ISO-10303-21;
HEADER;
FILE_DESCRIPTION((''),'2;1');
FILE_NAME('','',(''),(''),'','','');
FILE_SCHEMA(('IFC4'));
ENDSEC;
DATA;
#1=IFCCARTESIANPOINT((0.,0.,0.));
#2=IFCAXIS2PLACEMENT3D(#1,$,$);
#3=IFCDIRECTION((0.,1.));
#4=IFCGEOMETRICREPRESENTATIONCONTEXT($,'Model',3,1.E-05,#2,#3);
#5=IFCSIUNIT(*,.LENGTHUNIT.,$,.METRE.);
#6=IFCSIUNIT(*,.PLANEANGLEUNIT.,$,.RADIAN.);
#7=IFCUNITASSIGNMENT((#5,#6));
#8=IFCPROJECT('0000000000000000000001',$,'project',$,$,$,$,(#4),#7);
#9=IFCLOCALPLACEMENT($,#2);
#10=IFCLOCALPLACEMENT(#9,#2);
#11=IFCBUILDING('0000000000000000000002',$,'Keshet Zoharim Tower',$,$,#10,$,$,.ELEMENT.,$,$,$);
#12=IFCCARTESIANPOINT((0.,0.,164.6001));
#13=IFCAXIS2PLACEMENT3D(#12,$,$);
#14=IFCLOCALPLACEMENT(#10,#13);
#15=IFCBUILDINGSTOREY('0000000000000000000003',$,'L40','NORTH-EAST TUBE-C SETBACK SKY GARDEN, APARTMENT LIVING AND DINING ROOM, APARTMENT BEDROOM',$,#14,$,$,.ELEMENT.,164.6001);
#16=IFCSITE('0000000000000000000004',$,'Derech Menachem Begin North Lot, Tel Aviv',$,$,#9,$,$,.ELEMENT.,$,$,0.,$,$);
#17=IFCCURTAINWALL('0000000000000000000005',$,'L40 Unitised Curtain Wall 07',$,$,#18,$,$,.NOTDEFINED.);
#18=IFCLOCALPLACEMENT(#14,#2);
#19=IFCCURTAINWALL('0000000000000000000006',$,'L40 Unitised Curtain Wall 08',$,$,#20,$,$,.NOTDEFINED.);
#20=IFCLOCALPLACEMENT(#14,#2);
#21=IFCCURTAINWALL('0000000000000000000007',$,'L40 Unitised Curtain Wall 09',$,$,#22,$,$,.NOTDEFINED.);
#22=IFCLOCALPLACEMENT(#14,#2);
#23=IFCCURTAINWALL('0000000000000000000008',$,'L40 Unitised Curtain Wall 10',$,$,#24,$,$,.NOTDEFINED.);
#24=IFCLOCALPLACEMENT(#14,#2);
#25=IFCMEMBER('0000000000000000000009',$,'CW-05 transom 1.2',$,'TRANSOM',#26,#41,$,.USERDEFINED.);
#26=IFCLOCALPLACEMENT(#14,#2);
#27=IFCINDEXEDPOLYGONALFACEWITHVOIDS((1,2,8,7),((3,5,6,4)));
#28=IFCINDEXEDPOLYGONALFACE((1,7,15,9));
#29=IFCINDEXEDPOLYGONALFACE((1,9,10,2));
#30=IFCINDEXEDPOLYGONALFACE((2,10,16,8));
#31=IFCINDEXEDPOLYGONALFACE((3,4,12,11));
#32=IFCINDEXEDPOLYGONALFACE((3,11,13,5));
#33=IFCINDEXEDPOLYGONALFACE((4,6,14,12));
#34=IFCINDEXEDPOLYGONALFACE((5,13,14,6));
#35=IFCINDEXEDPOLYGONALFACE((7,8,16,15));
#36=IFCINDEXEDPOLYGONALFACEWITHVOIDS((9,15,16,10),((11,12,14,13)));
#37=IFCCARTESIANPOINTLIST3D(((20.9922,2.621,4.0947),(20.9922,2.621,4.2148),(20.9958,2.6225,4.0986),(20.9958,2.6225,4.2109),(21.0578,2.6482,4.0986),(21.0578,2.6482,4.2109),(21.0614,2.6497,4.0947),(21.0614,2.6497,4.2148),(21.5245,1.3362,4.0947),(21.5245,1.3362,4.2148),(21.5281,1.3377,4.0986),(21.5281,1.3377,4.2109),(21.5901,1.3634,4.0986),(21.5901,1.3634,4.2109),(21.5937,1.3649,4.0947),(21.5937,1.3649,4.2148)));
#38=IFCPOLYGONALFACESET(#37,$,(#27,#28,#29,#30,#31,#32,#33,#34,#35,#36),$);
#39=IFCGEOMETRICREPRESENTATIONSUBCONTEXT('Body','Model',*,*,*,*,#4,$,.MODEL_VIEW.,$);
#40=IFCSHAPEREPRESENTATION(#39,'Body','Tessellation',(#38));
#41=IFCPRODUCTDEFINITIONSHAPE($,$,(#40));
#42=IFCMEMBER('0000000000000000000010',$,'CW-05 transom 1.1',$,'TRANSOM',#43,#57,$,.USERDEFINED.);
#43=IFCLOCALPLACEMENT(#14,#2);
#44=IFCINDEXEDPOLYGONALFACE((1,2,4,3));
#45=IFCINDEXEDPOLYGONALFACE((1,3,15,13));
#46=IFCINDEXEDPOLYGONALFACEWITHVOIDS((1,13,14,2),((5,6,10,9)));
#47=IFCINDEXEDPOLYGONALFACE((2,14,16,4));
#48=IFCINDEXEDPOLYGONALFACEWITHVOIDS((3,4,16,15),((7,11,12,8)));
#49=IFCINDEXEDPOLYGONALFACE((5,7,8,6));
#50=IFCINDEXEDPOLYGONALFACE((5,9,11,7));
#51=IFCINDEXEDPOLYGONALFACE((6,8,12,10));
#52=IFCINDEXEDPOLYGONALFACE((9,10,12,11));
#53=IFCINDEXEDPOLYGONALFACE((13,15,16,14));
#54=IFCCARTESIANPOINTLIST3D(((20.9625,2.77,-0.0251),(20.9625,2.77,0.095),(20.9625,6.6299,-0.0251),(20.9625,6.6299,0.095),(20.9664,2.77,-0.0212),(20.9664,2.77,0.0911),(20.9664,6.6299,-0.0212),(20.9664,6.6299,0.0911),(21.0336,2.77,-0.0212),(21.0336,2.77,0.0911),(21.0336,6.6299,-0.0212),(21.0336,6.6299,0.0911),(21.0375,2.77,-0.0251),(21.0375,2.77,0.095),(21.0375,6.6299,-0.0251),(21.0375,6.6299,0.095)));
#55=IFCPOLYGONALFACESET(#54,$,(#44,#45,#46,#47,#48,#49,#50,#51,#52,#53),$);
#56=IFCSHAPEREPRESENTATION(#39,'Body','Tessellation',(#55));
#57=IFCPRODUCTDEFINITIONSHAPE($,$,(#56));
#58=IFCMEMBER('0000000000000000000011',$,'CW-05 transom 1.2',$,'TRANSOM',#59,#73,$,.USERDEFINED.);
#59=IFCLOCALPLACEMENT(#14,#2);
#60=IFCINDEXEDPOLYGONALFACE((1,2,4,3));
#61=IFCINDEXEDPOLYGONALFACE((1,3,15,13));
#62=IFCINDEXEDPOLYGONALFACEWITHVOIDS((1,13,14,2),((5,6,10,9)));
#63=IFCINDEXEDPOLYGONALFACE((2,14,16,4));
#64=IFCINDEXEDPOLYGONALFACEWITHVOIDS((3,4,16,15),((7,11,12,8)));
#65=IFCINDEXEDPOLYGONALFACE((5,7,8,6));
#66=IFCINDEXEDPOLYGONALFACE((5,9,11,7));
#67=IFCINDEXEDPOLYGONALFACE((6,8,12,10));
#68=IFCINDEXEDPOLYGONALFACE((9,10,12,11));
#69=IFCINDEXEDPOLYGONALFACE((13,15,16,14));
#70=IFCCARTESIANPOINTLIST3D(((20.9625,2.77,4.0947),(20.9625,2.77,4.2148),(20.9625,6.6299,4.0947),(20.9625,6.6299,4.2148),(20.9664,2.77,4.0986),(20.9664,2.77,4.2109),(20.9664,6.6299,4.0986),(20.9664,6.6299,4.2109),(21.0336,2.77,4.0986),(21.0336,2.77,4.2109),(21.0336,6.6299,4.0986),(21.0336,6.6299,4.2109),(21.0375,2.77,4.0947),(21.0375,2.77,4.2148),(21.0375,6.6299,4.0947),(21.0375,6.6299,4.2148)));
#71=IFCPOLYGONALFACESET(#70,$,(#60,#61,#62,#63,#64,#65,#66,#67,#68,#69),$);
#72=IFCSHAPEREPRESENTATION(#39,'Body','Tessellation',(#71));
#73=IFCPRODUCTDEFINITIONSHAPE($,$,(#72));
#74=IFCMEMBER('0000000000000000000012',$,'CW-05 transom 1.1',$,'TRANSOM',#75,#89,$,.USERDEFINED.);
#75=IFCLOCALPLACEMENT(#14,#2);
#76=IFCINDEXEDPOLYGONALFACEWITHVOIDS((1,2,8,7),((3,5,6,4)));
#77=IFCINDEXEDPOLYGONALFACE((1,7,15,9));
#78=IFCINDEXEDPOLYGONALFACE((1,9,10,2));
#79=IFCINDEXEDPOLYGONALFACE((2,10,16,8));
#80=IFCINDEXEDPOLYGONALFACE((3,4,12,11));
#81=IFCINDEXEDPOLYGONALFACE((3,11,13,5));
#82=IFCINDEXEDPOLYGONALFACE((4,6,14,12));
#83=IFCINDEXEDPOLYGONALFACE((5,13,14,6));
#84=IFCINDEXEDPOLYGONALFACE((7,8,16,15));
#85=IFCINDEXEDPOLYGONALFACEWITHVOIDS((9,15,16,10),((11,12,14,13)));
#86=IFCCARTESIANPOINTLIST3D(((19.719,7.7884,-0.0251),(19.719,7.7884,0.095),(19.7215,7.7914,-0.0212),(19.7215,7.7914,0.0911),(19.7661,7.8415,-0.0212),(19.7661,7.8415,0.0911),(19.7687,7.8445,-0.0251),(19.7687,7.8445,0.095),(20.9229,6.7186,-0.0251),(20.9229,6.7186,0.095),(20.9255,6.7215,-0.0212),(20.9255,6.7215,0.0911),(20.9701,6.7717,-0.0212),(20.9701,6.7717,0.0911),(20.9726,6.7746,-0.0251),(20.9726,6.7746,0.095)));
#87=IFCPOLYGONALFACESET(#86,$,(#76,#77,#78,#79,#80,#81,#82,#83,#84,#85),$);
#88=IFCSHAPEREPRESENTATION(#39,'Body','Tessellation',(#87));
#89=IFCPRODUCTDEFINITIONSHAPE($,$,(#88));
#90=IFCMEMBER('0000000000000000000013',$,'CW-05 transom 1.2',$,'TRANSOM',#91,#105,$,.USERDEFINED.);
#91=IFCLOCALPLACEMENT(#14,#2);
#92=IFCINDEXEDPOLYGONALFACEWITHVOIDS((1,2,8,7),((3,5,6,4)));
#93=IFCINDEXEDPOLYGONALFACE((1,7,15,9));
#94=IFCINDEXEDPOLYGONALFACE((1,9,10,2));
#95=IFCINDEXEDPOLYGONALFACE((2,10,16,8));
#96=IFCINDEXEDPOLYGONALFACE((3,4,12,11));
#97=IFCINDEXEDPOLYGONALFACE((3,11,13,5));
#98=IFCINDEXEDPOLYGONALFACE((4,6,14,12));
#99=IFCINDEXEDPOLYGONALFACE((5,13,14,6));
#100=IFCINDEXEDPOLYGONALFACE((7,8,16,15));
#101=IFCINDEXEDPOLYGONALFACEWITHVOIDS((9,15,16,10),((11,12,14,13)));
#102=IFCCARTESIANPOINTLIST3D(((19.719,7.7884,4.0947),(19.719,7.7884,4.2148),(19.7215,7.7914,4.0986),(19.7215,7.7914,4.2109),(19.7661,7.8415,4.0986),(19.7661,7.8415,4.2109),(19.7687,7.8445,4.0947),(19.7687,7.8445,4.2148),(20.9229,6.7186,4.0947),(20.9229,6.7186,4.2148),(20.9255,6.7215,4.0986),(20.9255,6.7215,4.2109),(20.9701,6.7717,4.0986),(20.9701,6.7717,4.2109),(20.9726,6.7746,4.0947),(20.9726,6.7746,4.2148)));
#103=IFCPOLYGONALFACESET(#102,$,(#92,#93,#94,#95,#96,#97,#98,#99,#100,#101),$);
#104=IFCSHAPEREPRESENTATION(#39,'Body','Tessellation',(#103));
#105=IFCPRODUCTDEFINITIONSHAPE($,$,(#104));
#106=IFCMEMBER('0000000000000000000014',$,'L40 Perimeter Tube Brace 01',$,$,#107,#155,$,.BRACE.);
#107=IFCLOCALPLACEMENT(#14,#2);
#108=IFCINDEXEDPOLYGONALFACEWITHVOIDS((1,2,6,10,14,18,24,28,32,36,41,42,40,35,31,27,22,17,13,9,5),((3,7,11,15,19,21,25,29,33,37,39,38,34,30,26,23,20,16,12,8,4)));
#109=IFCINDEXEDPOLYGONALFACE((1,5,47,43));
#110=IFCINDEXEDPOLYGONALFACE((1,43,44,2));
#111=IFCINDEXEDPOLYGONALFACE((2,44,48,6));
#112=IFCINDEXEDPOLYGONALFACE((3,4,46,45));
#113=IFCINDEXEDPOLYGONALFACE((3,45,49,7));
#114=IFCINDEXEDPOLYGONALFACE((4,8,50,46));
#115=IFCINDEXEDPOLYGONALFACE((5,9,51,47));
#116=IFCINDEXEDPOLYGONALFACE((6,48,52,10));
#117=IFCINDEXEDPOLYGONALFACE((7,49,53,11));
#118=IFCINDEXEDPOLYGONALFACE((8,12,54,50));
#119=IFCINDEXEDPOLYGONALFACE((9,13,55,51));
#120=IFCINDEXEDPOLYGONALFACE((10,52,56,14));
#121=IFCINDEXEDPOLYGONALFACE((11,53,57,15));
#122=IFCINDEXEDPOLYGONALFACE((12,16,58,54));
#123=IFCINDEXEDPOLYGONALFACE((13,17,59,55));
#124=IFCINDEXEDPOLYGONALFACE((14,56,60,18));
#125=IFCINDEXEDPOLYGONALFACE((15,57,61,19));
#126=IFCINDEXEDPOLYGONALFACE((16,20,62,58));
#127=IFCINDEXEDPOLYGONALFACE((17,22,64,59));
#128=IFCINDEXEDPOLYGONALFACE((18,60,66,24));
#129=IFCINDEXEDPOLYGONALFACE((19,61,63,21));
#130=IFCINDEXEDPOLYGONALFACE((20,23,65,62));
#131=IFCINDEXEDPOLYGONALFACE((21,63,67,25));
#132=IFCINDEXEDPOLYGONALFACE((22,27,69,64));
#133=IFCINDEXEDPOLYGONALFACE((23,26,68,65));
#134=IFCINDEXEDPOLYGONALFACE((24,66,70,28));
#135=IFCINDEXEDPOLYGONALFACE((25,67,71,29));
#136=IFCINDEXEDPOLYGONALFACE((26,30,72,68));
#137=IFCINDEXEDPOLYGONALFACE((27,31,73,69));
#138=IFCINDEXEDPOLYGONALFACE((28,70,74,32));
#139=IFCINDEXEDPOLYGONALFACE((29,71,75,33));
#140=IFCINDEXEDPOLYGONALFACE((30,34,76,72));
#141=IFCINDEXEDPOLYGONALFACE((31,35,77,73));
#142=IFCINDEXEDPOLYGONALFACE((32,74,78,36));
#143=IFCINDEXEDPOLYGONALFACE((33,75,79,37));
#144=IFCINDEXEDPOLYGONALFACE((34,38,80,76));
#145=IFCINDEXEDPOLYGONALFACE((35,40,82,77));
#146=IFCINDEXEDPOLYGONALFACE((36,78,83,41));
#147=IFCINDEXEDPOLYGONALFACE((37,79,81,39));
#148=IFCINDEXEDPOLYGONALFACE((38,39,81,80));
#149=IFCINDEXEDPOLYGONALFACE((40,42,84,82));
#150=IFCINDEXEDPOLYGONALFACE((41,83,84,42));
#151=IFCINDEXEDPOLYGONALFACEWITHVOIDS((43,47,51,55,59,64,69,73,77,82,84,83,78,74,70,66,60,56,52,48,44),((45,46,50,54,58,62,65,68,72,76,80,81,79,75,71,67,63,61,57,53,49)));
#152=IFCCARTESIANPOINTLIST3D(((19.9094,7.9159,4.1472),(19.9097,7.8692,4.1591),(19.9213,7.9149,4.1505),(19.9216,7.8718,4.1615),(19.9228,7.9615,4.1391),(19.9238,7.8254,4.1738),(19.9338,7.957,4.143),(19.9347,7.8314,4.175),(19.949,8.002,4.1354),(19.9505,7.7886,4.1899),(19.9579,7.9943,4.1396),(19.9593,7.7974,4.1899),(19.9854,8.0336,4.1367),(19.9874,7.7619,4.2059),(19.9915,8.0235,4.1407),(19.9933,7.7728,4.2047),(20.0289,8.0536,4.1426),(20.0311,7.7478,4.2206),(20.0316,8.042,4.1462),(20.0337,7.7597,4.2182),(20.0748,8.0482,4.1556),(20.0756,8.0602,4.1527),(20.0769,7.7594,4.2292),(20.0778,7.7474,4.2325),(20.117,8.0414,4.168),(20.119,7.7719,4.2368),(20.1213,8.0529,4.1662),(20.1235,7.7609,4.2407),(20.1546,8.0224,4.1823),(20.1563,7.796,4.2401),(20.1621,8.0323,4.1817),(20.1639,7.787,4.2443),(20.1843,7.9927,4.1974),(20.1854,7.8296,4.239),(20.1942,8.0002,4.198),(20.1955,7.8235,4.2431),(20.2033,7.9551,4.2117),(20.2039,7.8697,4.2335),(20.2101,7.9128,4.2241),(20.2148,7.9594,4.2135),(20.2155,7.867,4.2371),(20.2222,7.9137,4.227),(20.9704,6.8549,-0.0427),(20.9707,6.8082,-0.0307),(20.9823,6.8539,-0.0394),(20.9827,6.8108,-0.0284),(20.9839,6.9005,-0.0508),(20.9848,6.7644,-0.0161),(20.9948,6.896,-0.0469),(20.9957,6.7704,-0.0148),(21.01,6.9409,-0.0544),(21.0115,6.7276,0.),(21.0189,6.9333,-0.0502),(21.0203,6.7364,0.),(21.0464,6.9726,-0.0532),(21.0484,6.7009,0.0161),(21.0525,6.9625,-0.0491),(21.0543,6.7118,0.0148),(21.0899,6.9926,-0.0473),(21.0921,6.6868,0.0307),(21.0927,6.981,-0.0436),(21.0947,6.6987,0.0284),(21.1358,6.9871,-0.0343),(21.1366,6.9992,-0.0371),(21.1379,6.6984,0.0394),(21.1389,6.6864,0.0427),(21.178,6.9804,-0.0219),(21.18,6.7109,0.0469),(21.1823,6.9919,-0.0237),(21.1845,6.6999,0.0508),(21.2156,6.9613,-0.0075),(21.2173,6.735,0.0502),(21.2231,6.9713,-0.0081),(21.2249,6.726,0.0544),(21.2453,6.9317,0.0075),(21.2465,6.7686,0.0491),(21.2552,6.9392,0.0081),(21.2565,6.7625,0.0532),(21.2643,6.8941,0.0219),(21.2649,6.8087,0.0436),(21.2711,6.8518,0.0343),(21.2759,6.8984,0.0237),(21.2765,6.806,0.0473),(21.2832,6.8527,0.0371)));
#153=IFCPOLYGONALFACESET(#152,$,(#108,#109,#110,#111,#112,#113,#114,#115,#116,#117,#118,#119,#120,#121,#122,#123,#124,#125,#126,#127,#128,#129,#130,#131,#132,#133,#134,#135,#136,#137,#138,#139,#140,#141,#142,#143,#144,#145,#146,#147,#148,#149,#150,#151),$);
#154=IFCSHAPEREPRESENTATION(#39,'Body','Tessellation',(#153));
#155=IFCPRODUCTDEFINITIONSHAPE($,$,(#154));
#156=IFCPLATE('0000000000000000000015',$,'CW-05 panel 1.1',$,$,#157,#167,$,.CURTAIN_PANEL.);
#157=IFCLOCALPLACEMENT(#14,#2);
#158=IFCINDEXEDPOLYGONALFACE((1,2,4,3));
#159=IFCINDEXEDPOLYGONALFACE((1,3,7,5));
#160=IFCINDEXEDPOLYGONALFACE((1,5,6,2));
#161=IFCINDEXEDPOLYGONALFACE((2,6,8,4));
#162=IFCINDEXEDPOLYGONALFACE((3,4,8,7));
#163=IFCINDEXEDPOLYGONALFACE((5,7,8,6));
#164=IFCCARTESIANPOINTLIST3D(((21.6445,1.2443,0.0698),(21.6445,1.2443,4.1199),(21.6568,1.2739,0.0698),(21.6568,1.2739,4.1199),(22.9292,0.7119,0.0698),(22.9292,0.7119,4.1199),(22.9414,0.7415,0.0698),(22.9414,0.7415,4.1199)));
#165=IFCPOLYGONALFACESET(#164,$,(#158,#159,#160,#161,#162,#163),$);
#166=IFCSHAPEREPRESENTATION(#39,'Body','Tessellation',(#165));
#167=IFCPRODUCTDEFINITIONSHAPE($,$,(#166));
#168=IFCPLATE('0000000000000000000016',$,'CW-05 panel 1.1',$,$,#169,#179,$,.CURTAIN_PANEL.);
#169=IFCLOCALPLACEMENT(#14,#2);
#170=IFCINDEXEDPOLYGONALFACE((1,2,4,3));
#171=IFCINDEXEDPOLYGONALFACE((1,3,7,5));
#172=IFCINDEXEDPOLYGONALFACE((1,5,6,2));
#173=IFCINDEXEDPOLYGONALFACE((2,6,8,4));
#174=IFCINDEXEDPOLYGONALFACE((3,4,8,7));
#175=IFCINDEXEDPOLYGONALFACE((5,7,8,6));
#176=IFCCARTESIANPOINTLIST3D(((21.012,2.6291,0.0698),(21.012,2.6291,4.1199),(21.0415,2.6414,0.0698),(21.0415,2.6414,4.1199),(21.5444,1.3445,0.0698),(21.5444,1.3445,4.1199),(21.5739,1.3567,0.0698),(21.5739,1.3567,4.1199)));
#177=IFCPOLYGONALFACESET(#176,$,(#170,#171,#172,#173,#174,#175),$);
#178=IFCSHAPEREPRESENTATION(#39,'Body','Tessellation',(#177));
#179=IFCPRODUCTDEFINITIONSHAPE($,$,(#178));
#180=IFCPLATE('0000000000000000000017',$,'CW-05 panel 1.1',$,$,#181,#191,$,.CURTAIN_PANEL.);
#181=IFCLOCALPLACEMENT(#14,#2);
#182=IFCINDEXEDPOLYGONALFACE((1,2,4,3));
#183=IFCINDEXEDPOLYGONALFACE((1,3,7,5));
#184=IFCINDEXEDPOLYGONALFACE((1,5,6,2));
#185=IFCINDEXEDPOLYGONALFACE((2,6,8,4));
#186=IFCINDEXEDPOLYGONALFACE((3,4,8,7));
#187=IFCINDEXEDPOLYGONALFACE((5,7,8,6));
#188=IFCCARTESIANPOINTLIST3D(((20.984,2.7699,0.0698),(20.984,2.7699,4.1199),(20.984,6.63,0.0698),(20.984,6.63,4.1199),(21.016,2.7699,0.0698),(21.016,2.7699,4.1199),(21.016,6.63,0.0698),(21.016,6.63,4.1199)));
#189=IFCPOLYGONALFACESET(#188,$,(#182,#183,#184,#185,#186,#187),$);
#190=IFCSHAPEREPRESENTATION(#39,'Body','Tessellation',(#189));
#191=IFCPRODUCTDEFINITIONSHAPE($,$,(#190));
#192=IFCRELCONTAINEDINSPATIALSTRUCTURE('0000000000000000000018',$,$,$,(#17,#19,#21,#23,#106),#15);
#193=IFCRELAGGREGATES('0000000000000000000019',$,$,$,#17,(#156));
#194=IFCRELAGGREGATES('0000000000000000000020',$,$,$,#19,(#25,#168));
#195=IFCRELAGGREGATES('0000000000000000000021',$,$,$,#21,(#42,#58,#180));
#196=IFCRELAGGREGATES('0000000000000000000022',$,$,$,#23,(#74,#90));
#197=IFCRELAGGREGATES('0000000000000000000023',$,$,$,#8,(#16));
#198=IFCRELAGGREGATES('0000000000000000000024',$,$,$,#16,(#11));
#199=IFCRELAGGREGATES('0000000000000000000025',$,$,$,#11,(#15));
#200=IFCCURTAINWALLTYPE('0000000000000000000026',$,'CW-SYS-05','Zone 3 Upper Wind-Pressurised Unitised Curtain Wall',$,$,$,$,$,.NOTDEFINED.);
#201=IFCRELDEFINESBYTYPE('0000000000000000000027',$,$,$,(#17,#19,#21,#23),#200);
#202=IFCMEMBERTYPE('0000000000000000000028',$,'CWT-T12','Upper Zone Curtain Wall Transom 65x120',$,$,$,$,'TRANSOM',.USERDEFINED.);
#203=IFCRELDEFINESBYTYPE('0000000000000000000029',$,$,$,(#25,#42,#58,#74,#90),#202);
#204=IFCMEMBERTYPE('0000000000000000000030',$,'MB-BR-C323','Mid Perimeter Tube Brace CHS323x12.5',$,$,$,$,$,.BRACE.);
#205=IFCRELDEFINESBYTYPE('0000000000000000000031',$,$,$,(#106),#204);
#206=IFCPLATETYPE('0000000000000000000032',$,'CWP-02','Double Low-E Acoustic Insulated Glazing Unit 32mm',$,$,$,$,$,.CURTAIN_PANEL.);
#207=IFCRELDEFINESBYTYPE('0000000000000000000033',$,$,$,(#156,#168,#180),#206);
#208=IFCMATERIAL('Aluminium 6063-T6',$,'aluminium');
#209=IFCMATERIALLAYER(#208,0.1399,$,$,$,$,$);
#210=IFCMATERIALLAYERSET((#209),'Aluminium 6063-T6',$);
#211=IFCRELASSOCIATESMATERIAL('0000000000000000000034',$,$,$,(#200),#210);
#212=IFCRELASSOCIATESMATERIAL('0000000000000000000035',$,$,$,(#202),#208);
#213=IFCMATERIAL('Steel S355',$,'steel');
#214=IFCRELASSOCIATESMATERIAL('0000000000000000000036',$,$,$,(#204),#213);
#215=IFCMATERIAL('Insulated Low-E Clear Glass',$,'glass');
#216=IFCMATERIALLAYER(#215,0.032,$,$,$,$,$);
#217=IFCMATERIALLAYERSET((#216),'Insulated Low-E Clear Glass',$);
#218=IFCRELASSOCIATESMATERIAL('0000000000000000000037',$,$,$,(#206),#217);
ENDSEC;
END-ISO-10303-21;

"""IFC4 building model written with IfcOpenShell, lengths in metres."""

from ifc_helpers import new_model, si_unit, direction, frame, origin, origin_2d, place, context, subcontext, project, spatial, rectangle, hollow_rectangle, hollow_circle, extrude, material, layer, layer_set, material_profile, profile_set, type_object, element, aggregate, save


model = new_model("IFC4")

# Units and contexts
model_context = context("Model", 3, precision=1e-05, world=origin(), true_north=direction((0.0, 1.0)))
body_context = subcontext(model_context, "Body", "Model", "MODEL_VIEW")
ifc_project = project(units=[si_unit("LENGTHUNIT", "METRE"), si_unit("PLANEANGLEUNIT", "RADIAN")], contexts=[model_context])

# Site, building, storey
site_placement = place(None, origin())
site = spatial("IfcSite", under=ifc_project, at=site_placement, Name="Derech Menachem Begin North Lot, Tel Aviv", CompositionType="ELEMENT", RefElevation=0.0)
building_placement = place(site_placement, origin())
building = spatial("IfcBuilding", under=site, at=building_placement, Name="Keshet Zoharim Tower", CompositionType="ELEMENT")
storey_placement = place(building_placement, frame((0.0, 0.0, 164.6001)))
storey = spatial("IfcBuildingStorey", under=building, at=storey_placement, Name="L40", Description="NORTH-EAST TUBE-C SETBACK SKY GARDEN, APARTMENT LIVING AND DINING ROOM, APARTMENT BEDROOM", CompositionType="ELEMENT", Elevation=164.6001)

# Shared definitions
ifc_material_1 = material(Name="Steel S355", Category="steel")

# Shared definitions
ifc_material_2 = material(Name="Aluminium 6063-T6", Category="aluminium")
ifc_layer_1 = layer(ifc_material_2, 0.1399)
ifc_layer_set_1 = layer_set([ifc_layer_1], Name="Aluminium 6063-T6")
curtain_wall_type = type_object("IfcCurtainWallType", Name="CW-SYS-05", Description="Zone 3 Upper Wind-Pressurised Unitised Curtain Wall", PredefinedType="NOTDEFINED", material=ifc_layer_set_1)

# Curtain walls
curtain_wall_1_placement = place(storey_placement, origin())
curtain_wall_1 = element("IfcCurtainWall", 1, at=curtain_wall_1_placement, inside=storey, type_object=curtain_wall_type, Name="L40 Unitised Curtain Wall 07", PredefinedType="NOTDEFINED")
curtain_wall_2_placement = place(storey_placement, origin())
curtain_wall_2 = element("IfcCurtainWall", 2, at=curtain_wall_2_placement, inside=storey, type_object=curtain_wall_type, Name="L40 Unitised Curtain Wall 08", PredefinedType="NOTDEFINED")
curtain_wall_3_placement = place(storey_placement, origin())
curtain_wall_3 = element("IfcCurtainWall", 3, at=curtain_wall_3_placement, inside=storey, type_object=curtain_wall_type, Name="L40 Unitised Curtain Wall 09", PredefinedType="NOTDEFINED")
curtain_wall_4_placement = place(storey_placement, origin())
curtain_wall_4 = element("IfcCurtainWall", 4, at=curtain_wall_4_placement, inside=storey, type_object=curtain_wall_type, Name="L40 Unitised Curtain Wall 10", PredefinedType="NOTDEFINED")

# Members
ifc_material_profile_1 = material_profile(ifc_material_2, hollow_rectangle(XDim=0.075, YDim=0.1201, WallThickness=0.0039, at=origin_2d()), Name="TRN-75x120")
ifc_profile_set_1 = profile_set([ifc_material_profile_1], Name="Aluminium 6063-T6")
member_type_1 = type_object("IfcMemberType", Name="CWT-T12", Description="Upper Zone Curtain Wall Transom 65x120", ElementType="TRANSOM", PredefinedType="USERDEFINED", material=ifc_profile_set_1)
member_1_placement = place(storey_placement, frame((21.5591, 1.3506, 4.1548), z_axis=(-0.382745, 0.923854, 0.0), x_axis=(-0.923854, -0.382745, 0.0)))
member_1 = element("IfcMember", 5, at=member_1_placement, type_object=member_type_1, Name="CW-05 transom 1.2", ObjectType="TRANSOM", PredefinedType="USERDEFINED", context=body_context, shape_type="SweptSolid", body=[
    extrude(hollow_rectangle(XDim=0.075, YDim=0.1201, WallThickness=0.0039, at=origin_2d()), origin(), (0.0, 0.0, 1.0), 1.3906),
])
member_2_placement = place(storey_placement, frame((21.0, 2.77, 0.0349), z_axis=(0.0, 1.0, 0.0), x_axis=(-1.0, 0.0, 0.0)))
member_2 = element("IfcMember", 6, at=member_2_placement, type_object=member_type_1, Name="CW-05 transom 1.1", ObjectType="TRANSOM", PredefinedType="USERDEFINED", context=body_context, shape_type="SweptSolid", body=[
    extrude(hollow_rectangle(XDim=0.075, YDim=0.1201, WallThickness=0.0039, at=origin_2d()), origin(), (0.0, 0.0, 1.0), 3.8599),
])
member_3_placement = place(storey_placement, frame((21.0, 2.77, 4.1548), z_axis=(0.0, 1.0, 0.0), x_axis=(-1.0, 0.0, 0.0)))
member_3 = element("IfcMember", 7, at=member_3_placement, type_object=member_type_1, Name="CW-05 transom 1.2", ObjectType="TRANSOM", PredefinedType="USERDEFINED", context=body_context, shape_type="SweptSolid", body=[
    extrude(hollow_rectangle(XDim=0.075, YDim=0.1201, WallThickness=0.0039, at=origin_2d()), origin(), (0.0, 0.0, 1.0), 3.8599),
])
member_4_placement = place(storey_placement, frame((20.9478, 6.7466, 0.0349), z_axis=(-0.747493, 0.66427, 0.0), x_axis=(-0.66427, -0.747493, 0.0)))
member_4 = element("IfcMember", 8, at=member_4_placement, type_object=member_type_1, Name="CW-05 transom 1.1", ObjectType="TRANSOM", PredefinedType="USERDEFINED", context=body_context, shape_type="SweptSolid", body=[
    extrude(hollow_rectangle(XDim=0.075, YDim=0.1201, WallThickness=0.0039, at=origin_2d()), origin(), (0.0, 0.0, 1.0), 1.6106),
])
member_5_placement = place(storey_placement, frame((20.9478, 6.7466, 4.1548), z_axis=(-0.747493, 0.66427, 0.0), x_axis=(-0.66427, -0.747493, 0.0)))
member_5 = element("IfcMember", 9, at=member_5_placement, type_object=member_type_1, Name="CW-05 transom 1.2", ObjectType="TRANSOM", PredefinedType="USERDEFINED", context=body_context, shape_type="SweptSolid", body=[
    extrude(hollow_rectangle(XDim=0.075, YDim=0.1201, WallThickness=0.0039, at=origin_2d()), origin(), (0.0, 0.0, 1.0), 1.6106),
])
ifc_material_profile_2 = material_profile(ifc_material_1, hollow_circle(Radius=0.1619, WallThickness=0.0125, at=origin_2d()), Name="CHS323x12.5")
ifc_profile_set_2 = profile_set([ifc_material_profile_2], Name="Steel S355")
member_type_2 = type_object("IfcMemberType", Name="MB-BR-C323", Description="Mid Perimeter Tube Brace CHS323x12.5", PredefinedType="BRACE", material=ifc_profile_set_2)
member_6_placement = place(storey_placement, frame((21.126, 6.842, 0.0), z_axis=(-0.238407, 0.238407, 0.941448), x_axis=(-0.707107, -0.707107, 0.0)))
element("IfcMember", 10, at=member_6_placement, inside=storey, type_object=member_type_2, Name="L40 Perimeter Tube Brace 01", PredefinedType="BRACE", context=body_context, shape_type="SweptSolid", body=[
    extrude(hollow_circle(Radius=0.1619, WallThickness=0.0125, at=origin_2d()), origin(), (0.0, 0.0, 1.0), 4.4504),
])

# Plates
ifc_material_3 = material(Name="Insulated Low-E Clear Glass", Category="glass")
ifc_layer_2 = layer(ifc_material_3, 0.032)
ifc_layer_set_2 = layer_set([ifc_layer_2], Name="Insulated Low-E Clear Glass")
plate_type_1 = type_object("IfcPlateType", Name="CWP-02", Description="Double Low-E Acoustic Insulated Glazing Unit 32mm", PredefinedType="CURTAIN_PANEL", material=ifc_layer_set_2)
plate_1_placement = place(storey_placement, frame((22.293, 0.9929, 0.0698), z_axis=(0.0, 0.0, 1.0), x_axis=(-0.92381, 0.382852, 0.0)))
plate_1 = element("IfcPlate", 11, at=plate_1_placement, type_object=plate_type_1, Name="CW-05 panel 1.1", PredefinedType="CURTAIN_PANEL", context=body_context, shape_type="SweptSolid", body=[
    extrude(rectangle(XDim=1.3906, YDim=0.032, at=origin_2d()), origin(), (0.0, 0.0, 1.0), 4.05),
])
aggregate(curtain_wall_1, [plate_1])
plate_2_placement = place(storey_placement, frame((21.293, 1.9929, 0.0698), z_axis=(0.0, 0.0, 1.0), x_axis=(-0.382852, 0.92381, 0.0)))
plate_2 = element("IfcPlate", 12, at=plate_2_placement, type_object=plate_type_1, Name="CW-05 panel 1.1", PredefinedType="CURTAIN_PANEL", context=body_context, shape_type="SweptSolid", body=[
    extrude(rectangle(XDim=1.3906, YDim=0.032, at=origin_2d()), origin(), (0.0, 0.0, 1.0), 4.05),
])
aggregate(curtain_wall_2, [member_1, plate_2])
plate_3_placement = place(storey_placement, frame((21.0, 4.7, 0.0698), z_axis=(0.0, 0.0, 1.0), x_axis=(0.0, 1.0, 0.0)))
plate_3 = element("IfcPlate", 13, at=plate_3_placement, type_object=plate_type_1, Name="CW-05 panel 1.1", PredefinedType="CURTAIN_PANEL", context=body_context, shape_type="SweptSolid", body=[
    extrude(rectangle(XDim=3.8601, YDim=0.032, at=origin_2d()), origin(), (0.0, 0.0, 1.0), 4.05),
])
aggregate(curtain_wall_3, [member_2, member_3, plate_3])
aggregate(curtain_wall_4, [member_4, member_5])

save(model, "model.ifc")
